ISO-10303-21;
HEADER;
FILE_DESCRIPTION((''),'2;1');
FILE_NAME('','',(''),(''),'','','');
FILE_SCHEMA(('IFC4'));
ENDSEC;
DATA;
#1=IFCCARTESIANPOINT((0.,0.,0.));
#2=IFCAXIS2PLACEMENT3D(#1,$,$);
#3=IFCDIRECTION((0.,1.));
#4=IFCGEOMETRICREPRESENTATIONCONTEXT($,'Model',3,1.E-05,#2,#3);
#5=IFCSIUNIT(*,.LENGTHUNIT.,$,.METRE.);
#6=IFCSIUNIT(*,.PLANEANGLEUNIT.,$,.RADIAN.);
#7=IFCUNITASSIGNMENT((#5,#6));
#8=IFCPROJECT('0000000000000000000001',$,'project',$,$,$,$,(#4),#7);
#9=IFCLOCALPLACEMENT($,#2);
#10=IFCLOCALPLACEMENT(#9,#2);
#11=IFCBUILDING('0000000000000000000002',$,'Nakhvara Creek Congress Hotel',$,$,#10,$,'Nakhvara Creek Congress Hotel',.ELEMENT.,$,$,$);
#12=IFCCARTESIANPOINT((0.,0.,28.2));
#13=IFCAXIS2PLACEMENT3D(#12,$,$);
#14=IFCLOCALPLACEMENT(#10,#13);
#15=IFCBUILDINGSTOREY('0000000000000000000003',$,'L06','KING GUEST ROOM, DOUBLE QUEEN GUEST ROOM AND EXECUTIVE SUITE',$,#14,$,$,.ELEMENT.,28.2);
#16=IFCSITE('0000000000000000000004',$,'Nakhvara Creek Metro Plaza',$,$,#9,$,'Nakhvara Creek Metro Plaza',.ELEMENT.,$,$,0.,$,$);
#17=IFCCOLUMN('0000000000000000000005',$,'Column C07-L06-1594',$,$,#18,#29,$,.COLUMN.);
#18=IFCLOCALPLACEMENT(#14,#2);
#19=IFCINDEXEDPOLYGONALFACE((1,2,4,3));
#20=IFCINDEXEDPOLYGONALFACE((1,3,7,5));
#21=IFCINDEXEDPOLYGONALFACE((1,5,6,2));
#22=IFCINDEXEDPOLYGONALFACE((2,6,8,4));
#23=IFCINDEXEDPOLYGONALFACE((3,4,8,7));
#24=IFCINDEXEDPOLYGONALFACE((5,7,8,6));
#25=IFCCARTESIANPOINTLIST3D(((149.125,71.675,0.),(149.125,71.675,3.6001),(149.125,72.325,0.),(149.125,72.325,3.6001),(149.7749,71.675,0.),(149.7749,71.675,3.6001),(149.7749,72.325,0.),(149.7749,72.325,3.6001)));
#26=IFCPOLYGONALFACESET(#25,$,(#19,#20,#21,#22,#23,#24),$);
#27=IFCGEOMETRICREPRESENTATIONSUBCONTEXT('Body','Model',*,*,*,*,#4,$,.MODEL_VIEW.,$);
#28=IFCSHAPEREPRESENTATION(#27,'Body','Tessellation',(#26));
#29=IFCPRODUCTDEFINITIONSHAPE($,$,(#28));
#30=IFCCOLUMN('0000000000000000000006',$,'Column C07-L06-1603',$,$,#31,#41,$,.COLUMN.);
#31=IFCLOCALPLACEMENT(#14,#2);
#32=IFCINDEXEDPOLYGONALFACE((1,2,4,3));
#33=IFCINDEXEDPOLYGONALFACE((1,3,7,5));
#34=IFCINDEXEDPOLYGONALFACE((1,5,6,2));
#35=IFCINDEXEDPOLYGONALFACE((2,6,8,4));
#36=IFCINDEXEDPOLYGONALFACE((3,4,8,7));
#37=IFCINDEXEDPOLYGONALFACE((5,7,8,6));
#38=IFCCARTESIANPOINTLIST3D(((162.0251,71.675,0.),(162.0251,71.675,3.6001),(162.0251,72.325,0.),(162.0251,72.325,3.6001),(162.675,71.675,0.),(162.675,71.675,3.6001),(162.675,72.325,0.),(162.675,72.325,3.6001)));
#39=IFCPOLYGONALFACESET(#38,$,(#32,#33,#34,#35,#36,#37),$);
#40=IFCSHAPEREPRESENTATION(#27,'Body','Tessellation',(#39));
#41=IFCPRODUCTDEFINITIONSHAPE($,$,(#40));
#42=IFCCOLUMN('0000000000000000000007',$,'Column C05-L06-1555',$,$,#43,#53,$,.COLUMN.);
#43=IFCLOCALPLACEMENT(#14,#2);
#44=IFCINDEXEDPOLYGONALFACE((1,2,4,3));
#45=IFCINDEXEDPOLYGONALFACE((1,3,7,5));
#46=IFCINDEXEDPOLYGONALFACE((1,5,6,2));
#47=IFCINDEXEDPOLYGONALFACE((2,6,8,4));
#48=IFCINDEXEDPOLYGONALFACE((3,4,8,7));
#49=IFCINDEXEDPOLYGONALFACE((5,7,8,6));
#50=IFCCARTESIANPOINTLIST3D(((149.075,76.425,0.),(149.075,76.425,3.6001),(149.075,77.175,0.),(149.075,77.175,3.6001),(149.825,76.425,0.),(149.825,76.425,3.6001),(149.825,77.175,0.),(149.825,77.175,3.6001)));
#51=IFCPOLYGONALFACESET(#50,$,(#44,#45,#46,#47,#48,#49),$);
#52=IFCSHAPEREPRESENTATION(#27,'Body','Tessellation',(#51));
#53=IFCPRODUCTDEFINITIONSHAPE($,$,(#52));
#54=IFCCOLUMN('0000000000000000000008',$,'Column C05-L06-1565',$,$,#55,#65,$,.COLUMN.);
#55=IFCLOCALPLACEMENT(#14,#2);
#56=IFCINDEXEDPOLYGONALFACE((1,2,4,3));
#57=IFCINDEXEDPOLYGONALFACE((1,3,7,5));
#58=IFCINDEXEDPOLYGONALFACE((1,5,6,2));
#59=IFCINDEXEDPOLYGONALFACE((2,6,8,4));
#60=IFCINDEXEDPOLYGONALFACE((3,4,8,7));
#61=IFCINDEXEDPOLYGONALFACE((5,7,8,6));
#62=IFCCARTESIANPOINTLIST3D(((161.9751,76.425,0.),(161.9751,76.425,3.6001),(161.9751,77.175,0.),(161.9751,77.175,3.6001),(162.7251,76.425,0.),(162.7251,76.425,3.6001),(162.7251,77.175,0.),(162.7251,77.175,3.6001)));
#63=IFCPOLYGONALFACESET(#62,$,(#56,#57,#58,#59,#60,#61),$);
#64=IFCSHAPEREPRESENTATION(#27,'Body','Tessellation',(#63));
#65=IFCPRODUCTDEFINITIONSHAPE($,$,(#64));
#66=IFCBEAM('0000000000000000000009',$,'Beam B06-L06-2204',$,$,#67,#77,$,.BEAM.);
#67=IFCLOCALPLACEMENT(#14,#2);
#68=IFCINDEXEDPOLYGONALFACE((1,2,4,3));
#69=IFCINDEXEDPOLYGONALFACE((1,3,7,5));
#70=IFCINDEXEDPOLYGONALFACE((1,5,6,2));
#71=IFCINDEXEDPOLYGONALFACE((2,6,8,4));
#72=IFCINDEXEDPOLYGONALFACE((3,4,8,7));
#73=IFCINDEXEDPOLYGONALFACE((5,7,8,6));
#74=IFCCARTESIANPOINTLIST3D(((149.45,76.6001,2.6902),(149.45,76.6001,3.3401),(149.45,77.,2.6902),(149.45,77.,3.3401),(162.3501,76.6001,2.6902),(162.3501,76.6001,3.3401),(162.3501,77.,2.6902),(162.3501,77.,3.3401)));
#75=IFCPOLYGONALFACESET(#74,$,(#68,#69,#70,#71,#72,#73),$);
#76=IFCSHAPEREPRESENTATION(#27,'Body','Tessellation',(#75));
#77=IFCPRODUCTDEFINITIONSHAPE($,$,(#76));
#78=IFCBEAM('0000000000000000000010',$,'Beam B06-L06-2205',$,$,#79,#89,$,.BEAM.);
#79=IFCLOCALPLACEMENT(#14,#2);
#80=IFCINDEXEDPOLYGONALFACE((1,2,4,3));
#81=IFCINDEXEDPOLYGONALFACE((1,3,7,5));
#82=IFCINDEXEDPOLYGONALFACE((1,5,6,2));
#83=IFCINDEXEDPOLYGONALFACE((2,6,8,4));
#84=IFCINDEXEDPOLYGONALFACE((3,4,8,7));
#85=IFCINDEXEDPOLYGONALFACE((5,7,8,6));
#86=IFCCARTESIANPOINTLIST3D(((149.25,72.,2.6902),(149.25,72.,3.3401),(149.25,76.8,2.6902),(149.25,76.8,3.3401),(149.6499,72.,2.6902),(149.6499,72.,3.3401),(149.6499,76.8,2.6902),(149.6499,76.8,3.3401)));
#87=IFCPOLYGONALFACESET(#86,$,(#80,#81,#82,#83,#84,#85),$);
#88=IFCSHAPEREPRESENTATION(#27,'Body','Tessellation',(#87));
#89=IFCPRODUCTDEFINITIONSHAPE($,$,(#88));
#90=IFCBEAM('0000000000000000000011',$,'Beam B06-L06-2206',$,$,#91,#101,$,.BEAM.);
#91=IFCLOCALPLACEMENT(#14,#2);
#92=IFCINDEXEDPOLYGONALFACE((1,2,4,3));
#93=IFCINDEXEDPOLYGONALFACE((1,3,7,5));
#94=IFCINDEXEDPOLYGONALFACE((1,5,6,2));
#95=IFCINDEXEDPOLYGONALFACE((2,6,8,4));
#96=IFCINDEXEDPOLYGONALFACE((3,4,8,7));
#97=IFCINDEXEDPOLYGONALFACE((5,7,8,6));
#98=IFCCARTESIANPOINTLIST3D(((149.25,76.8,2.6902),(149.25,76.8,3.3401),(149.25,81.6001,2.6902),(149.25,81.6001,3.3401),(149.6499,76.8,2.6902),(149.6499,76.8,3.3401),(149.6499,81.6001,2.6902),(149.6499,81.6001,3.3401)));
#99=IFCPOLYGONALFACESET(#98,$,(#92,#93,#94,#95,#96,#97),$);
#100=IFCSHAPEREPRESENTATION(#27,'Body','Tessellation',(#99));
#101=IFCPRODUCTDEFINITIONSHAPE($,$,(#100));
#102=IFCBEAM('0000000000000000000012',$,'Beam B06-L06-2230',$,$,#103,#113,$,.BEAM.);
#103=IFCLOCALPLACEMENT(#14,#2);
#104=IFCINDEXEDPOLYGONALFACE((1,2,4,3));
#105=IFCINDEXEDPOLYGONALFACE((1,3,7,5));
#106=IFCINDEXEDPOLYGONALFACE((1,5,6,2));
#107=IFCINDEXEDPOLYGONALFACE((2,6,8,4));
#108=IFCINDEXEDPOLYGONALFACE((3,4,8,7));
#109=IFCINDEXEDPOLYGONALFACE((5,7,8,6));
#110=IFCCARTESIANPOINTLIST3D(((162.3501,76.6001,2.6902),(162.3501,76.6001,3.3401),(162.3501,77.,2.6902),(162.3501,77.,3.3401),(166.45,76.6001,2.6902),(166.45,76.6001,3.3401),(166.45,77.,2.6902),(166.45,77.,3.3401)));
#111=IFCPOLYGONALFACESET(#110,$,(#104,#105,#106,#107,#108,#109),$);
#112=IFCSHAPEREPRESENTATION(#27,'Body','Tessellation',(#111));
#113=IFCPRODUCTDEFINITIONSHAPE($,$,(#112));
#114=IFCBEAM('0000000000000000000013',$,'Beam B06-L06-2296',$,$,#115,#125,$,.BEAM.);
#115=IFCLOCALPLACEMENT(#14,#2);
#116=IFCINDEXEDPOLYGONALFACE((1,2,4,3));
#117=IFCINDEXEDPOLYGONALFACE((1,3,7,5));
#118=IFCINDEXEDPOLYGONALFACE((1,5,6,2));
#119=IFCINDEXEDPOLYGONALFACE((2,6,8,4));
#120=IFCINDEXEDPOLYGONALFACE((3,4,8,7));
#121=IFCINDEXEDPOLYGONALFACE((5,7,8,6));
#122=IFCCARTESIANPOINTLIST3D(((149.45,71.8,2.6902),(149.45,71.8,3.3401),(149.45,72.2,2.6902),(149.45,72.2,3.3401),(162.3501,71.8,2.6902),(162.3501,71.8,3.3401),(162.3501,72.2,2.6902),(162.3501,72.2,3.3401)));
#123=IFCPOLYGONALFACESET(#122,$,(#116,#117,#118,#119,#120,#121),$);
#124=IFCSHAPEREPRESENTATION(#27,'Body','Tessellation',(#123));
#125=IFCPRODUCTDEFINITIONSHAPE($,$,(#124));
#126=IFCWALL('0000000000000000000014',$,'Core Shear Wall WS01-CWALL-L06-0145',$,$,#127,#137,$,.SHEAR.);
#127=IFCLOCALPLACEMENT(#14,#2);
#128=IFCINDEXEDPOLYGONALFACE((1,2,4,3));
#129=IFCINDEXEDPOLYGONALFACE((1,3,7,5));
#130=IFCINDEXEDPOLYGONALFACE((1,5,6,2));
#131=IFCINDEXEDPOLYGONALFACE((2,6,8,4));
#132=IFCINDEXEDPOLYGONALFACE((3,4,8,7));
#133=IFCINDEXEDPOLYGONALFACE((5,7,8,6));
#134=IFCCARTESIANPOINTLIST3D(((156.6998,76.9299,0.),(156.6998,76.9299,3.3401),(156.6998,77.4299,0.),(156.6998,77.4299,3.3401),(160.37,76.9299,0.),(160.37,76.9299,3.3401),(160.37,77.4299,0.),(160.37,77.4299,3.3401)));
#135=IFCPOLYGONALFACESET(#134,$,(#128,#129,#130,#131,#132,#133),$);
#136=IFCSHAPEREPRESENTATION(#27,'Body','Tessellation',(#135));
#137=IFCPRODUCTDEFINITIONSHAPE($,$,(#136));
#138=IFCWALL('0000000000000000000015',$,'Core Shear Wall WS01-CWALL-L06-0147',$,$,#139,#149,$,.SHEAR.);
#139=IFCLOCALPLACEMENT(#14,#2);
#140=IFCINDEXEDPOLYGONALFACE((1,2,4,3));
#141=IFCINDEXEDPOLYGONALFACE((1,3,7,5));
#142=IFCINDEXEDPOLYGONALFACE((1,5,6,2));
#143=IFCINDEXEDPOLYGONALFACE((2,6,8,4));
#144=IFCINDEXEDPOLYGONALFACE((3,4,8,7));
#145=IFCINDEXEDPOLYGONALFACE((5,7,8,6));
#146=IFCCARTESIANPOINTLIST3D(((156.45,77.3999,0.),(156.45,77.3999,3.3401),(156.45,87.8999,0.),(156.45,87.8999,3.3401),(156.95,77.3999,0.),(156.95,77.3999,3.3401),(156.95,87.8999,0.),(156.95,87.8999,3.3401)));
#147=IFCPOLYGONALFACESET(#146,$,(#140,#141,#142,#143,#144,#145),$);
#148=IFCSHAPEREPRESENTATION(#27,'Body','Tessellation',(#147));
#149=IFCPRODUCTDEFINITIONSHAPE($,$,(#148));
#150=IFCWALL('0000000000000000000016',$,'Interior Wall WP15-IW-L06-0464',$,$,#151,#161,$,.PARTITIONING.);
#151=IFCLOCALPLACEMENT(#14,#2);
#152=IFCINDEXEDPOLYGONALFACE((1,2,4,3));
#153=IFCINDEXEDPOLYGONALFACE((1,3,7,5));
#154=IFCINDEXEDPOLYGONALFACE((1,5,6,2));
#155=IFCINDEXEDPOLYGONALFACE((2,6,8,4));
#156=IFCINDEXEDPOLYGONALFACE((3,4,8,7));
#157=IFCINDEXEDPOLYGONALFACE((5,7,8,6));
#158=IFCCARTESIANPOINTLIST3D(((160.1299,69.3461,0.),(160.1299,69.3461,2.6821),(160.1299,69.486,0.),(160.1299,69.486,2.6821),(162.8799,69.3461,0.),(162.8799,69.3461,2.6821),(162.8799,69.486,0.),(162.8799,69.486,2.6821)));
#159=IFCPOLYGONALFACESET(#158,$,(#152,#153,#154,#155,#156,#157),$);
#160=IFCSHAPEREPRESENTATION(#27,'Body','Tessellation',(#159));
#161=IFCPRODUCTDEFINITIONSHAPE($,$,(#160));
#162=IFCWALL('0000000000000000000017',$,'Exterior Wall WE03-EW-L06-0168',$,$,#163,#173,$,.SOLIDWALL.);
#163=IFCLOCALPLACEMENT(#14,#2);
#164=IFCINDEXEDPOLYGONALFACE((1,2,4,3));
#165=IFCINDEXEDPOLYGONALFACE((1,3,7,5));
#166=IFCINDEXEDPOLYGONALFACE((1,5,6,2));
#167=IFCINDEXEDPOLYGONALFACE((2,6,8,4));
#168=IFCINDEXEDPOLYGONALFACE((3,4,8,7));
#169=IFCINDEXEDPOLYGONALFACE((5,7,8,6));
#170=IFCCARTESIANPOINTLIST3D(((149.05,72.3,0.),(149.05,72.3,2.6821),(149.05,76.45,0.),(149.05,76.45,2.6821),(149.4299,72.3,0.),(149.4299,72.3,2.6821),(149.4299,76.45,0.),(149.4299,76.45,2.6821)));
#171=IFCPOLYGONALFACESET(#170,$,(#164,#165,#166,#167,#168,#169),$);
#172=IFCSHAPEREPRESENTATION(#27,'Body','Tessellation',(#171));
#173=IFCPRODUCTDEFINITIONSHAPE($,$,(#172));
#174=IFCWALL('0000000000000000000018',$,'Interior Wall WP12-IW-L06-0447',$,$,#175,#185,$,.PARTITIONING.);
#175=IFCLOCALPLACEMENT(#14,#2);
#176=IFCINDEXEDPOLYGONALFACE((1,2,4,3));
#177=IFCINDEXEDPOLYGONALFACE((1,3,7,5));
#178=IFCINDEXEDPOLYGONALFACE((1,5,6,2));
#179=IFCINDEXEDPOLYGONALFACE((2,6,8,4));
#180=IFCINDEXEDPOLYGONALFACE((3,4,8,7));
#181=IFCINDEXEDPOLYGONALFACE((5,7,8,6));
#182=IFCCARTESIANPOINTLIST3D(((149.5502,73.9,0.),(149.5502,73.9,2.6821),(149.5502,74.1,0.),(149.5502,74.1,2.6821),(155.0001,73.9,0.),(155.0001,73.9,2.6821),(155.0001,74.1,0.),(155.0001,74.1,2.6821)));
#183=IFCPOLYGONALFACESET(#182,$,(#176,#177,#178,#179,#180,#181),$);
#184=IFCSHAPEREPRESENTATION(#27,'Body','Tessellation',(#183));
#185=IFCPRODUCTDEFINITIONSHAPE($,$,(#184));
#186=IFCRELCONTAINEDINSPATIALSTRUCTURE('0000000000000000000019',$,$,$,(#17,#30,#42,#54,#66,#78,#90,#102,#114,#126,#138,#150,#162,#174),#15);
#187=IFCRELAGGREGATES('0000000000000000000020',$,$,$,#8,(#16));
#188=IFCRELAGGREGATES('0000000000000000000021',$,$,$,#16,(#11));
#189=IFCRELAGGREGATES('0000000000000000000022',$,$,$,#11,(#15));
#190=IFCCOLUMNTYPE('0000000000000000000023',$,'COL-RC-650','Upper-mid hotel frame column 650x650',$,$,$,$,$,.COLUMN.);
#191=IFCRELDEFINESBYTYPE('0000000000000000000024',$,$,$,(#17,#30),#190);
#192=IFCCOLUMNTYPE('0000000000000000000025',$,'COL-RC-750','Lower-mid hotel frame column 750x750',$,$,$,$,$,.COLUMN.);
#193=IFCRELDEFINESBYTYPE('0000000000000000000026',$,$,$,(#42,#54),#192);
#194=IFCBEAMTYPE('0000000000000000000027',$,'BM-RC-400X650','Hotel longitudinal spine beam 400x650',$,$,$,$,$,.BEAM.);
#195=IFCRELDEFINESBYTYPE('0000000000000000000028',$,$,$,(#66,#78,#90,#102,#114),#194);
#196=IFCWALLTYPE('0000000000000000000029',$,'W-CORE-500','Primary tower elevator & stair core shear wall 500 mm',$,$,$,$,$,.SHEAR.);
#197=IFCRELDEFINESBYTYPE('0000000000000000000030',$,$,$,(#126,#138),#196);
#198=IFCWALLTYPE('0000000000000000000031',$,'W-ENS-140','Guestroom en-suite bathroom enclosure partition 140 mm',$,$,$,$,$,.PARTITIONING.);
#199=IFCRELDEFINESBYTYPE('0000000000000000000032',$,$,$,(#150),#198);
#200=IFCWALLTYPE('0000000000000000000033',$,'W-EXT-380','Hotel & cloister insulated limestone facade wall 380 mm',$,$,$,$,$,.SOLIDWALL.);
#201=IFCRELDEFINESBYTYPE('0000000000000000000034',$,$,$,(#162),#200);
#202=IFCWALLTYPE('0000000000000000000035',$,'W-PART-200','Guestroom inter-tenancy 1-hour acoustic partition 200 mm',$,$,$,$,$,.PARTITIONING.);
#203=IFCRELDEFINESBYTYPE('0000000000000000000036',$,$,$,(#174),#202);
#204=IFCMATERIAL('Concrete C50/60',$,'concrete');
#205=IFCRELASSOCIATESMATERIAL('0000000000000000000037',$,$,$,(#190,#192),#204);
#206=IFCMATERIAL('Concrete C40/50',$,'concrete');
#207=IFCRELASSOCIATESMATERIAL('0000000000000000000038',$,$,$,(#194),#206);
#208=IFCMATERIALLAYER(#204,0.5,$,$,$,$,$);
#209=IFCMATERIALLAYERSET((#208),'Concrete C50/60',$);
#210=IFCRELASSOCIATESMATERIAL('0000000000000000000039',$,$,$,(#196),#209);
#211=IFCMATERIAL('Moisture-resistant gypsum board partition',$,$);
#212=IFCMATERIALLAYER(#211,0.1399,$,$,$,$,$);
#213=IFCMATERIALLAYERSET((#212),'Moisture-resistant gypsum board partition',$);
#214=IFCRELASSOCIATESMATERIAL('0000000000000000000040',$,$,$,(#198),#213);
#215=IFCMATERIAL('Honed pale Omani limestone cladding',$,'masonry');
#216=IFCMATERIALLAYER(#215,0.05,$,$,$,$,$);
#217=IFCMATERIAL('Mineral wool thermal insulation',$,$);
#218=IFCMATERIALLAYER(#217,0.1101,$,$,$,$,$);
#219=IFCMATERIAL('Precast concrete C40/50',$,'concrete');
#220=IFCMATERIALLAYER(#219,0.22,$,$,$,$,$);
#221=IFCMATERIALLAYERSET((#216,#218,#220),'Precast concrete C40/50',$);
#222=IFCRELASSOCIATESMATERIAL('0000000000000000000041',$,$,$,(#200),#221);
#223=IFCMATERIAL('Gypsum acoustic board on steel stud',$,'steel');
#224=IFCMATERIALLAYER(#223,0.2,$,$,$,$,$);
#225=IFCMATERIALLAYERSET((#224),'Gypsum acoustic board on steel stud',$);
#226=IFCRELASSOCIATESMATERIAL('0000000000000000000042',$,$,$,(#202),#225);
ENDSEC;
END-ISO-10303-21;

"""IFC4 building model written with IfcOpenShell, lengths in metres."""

from ifc_helpers import new_model, si_unit, direction, frame, frame_2d, origin, origin_2d, place, context, subcontext, project, spatial, rectangle, extrude, material, layer, layer_set, material_profile, profile_set, type_object, element, save


model = new_model("IFC4")

# Units and contexts
model_context = context("Model", 3, precision=1e-05, world=origin(), true_north=direction((0.0, 1.0)))
body_context = subcontext(model_context, "Body", "Model", "MODEL_VIEW")
ifc_project = project(units=[si_unit("LENGTHUNIT", "METRE"), si_unit("PLANEANGLEUNIT", "RADIAN")], contexts=[model_context])

# Site, building, storey
site_placement = place(None, origin())
site = spatial("IfcSite", under=ifc_project, at=site_placement, Name="Nakhvara Creek Metro Plaza", LongName="Nakhvara Creek Metro Plaza", CompositionType="ELEMENT", RefElevation=0.0)
building_placement = place(site_placement, origin())
building = spatial("IfcBuilding", under=site, at=building_placement, Name="Nakhvara Creek Congress Hotel", LongName="Nakhvara Creek Congress Hotel", CompositionType="ELEMENT")
storey_placement = place(building_placement, frame((0.0, 0.0, 28.2)))
storey = spatial("IfcBuildingStorey", under=building, at=storey_placement, Name="L06", Description="KING GUEST ROOM, DOUBLE QUEEN GUEST ROOM AND EXECUTIVE SUITE", CompositionType="ELEMENT", Elevation=28.2)

# Columns
ifc_material_1 = material(Name="Concrete C50/60", Category="concrete")
ifc_material_profile_1 = material_profile(ifc_material_1, rectangle(XDim=0.6499, YDim=0.6499, at=origin_2d()), Name="RC-COL 650x650", Category="LoadBearing")
ifc_profile_set_1 = profile_set([ifc_material_profile_1], Name="Concrete C50/60")
column_type_1 = type_object("IfcColumnType", Name="COL-RC-650", Description="Upper-mid hotel frame column 650x650", PredefinedType="COLUMN", material=ifc_profile_set_1)
for number, where, z_axis, x_axis, name in (
    (1, (149.45, 72.0, 0.0), (0.0, 0.0, 1.0), (1.0, 0.0, 0.0), "Column C07-L06-1594"),
    (2, (162.3501, 72.0, 0.0), (0.0, 0.0, 1.0), (1.0, 0.0, 0.0), "Column C07-L06-1603"),
):
    element("IfcColumn", number, at=place(storey_placement, frame(where, z_axis=z_axis, x_axis=x_axis)), inside=storey, type_object=column_type_1, Name=name, PredefinedType="COLUMN", context=body_context, shape_type="SweptSolid", body=[
        extrude(rectangle(XDim=0.6499, YDim=0.6499, at=origin_2d()), origin(), (0.0, 0.0, 1.0), 3.6001),
    ])
ifc_material_profile_2 = material_profile(ifc_material_1, rectangle(XDim=0.75, YDim=0.75, at=origin_2d()), Name="RC-COL 750x750", Category="LoadBearing")
ifc_profile_set_2 = profile_set([ifc_material_profile_2], Name="Concrete C50/60")
column_type_2 = type_object("IfcColumnType", Name="COL-RC-750", Description="Lower-mid hotel frame column 750x750", PredefinedType="COLUMN", material=ifc_profile_set_2)
for number, where, z_axis, x_axis, name in (
    (3, (149.45, 76.8, 0.0), (0.0, 0.0, 1.0), (1.0, 0.0, 0.0), "Column C05-L06-1555"),
    (4, (162.3501, 76.8, 0.0), (0.0, 0.0, 1.0), (1.0, 0.0, 0.0), "Column C05-L06-1565"),
):
    element("IfcColumn", number, at=place(storey_placement, frame(where, z_axis=z_axis, x_axis=x_axis)), inside=storey, type_object=column_type_2, Name=name, PredefinedType="COLUMN", context=body_context, shape_type="SweptSolid", body=[
        extrude(rectangle(XDim=0.75, YDim=0.75, at=origin_2d()), origin(), (0.0, 0.0, 1.0), 3.6001),
    ])

# Beams
ifc_material_2 = material(Name="Concrete C40/50", Category="concrete")
ifc_material_profile_3 = material_profile(ifc_material_2, rectangle(XDim=0.3999, YDim=0.6499, at=origin_2d()), Name="RC-BM 400x650", Category="LoadBearing")
ifc_profile_set_3 = profile_set([ifc_material_profile_3], Name="Concrete C40/50")
beam_type = type_object("IfcBeamType", Name="BM-RC-400X650", Description="Hotel longitudinal spine beam 400x650", PredefinedType="BEAM", material=ifc_profile_set_3)
beam_1_placement = place(storey_placement, frame((149.45, 76.8, 3.0151), z_axis=(1.0, 0.0, 0.0), x_axis=(0.0, 1.0, 0.0)))
element("IfcBeam", 5, at=beam_1_placement, inside=storey, type_object=beam_type, Name="Beam B06-L06-2204", PredefinedType="BEAM", context=body_context, shape_type="SweptSolid", body=[
    extrude(rectangle(XDim=0.3999, YDim=0.6499, at=origin_2d()), origin(), (0.0, 0.0, 1.0), 12.9001),
])
for number, where, z_axis, x_axis, name in (
    (6, (149.45, 72.0, 3.0151), (0.0, 1.0, 0.0), (-1.0, 0.0, 0.0), "Beam B06-L06-2205"),
    (7, (149.45, 76.8, 3.0151), (0.0, 1.0, 0.0), (-1.0, 0.0, 0.0), "Beam B06-L06-2206"),
):
    element("IfcBeam", number, at=place(storey_placement, frame(where, z_axis=z_axis, x_axis=x_axis)), inside=storey, type_object=beam_type, Name=name, PredefinedType="BEAM", context=body_context, shape_type="SweptSolid", body=[
        extrude(rectangle(XDim=0.3999, YDim=0.6499, at=origin_2d()), origin(), (0.0, 0.0, 1.0), 4.8),
    ])
beam_2_placement = place(storey_placement, frame((162.3501, 76.8, 3.0151), z_axis=(1.0, 0.0, 0.0), x_axis=(0.0, 1.0, 0.0)))
element("IfcBeam", 8, at=beam_2_placement, inside=storey, type_object=beam_type, Name="Beam B06-L06-2230", PredefinedType="BEAM", context=body_context, shape_type="SweptSolid", body=[
    extrude(rectangle(XDim=0.3999, YDim=0.6499, at=origin_2d()), origin(), (0.0, 0.0, 1.0), 4.0999),
])
beam_3_placement = place(storey_placement, frame((149.45, 72.0, 3.0151), z_axis=(1.0, 0.0, 0.0), x_axis=(0.0, 1.0, 0.0)))
element("IfcBeam", 9, at=beam_3_placement, inside=storey, type_object=beam_type, Name="Beam B06-L06-2296", PredefinedType="BEAM", context=body_context, shape_type="SweptSolid", body=[
    extrude(rectangle(XDim=0.3999, YDim=0.6499, at=origin_2d()), origin(), (0.0, 0.0, 1.0), 12.9001),
])

# Walls
ifc_layer_1 = layer(ifc_material_1, 0.5)
ifc_layer_set_1 = layer_set([ifc_layer_1], Name="Concrete C50/60")
wall_type_1 = type_object("IfcWallType", Name="W-CORE-500", Description="Primary tower elevator & stair core shear wall 500 mm", PredefinedType="SHEAR", material=ifc_layer_set_1)
wall_1_placement = place(storey_placement, frame((156.7, 77.1799, 0.0), z_axis=(0.0, 0.0, 1.0), x_axis=(1.0, 0.0, 0.0)))
element("IfcWall", 10, at=wall_1_placement, inside=storey, type_object=wall_type_1, Name="Core Shear Wall WS01-CWALL-L06-0145", PredefinedType="SHEAR", context=body_context, shape_type="SweptSolid", body=[
    extrude(rectangle(XDim=3.6702, YDim=0.5, at=frame_2d((1.835, 0.0))), origin(), (0.0, 0.0, 1.0), 3.3401),
])
wall_2_placement = place(storey_placement, frame((156.7, 77.3999, 0.0), z_axis=(0.0, 0.0, 1.0), x_axis=(0.0, 1.0, 0.0)))
element("IfcWall", 11, at=wall_2_placement, inside=storey, type_object=wall_type_1, Name="Core Shear Wall WS01-CWALL-L06-0147", PredefinedType="SHEAR", context=body_context, shape_type="SweptSolid", body=[
    extrude(rectangle(XDim=10.5, YDim=0.5, at=frame_2d((5.25, 0.0))), origin(), (0.0, 0.0, 1.0), 3.3401),
])

# Shared definitions
ifc_material_3 = material(Name="Moisture-resistant gypsum board partition")
ifc_layer_2 = layer(ifc_material_3, 0.1399)
ifc_layer_set_2 = layer_set([ifc_layer_2], Name="Moisture-resistant gypsum board partition")
wall_type_2 = type_object("IfcWallType", Name="W-ENS-140", Description="Guestroom en-suite bathroom enclosure partition 140 mm", PredefinedType="PARTITIONING", material=ifc_layer_set_2)

# Walls
wall_3_placement = place(storey_placement, frame((160.1299, 69.416, 0.0), z_axis=(0.0, 0.0, 1.0), x_axis=(1.0, 0.0, 0.0)))
element("IfcWall", 12, at=wall_3_placement, inside=storey, type_object=wall_type_2, Name="Interior Wall WP15-IW-L06-0464", PredefinedType="PARTITIONING", context=body_context, shape_type="SweptSolid", body=[
    extrude(rectangle(XDim=2.75, YDim=0.1399, at=frame_2d((1.375, 0.0))), origin(), (0.0, 0.0, 1.0), 2.6821),
])
ifc_material_4 = material(Name="Honed pale Omani limestone cladding", Category="masonry")
ifc_layer_3 = layer(ifc_material_4, 0.05)
ifc_material_5 = material(Name="Mineral wool thermal insulation")
ifc_layer_4 = layer(ifc_material_5, 0.1101)
ifc_material_6 = material(Name="Precast concrete C40/50", Category="concrete")
ifc_layer_5 = layer(ifc_material_6, 0.22)
ifc_layer_set_3 = layer_set([ifc_layer_3, ifc_layer_4, ifc_layer_5], Name="Precast concrete C40/50")
wall_type_3 = type_object("IfcWallType", Name="W-EXT-380", Description="Hotel & cloister insulated limestone facade wall 380 mm", PredefinedType="SOLIDWALL", material=ifc_layer_set_3)
wall_4_placement = place(storey_placement, frame((149.24, 72.3, 0.0), z_axis=(0.0, 0.0, 1.0), x_axis=(0.0, 1.0, 0.0)))
element("IfcWall", 13, at=wall_4_placement, inside=storey, type_object=wall_type_3, Name="Exterior Wall WE03-EW-L06-0168", PredefinedType="SOLIDWALL", context=body_context, shape_type="SweptSolid", body=[
    extrude(rectangle(XDim=4.1499, YDim=0.3799, at=frame_2d((2.075, 0.0))), origin(), (0.0, 0.0, 1.0), 2.6821),
])
ifc_material_7 = material(Name="Gypsum acoustic board on steel stud", Category="steel")
ifc_layer_6 = layer(ifc_material_7, 0.2)
ifc_layer_set_4 = layer_set([ifc_layer_6], Name="Gypsum acoustic board on steel stud")
wall_type_4 = type_object("IfcWallType", Name="W-PART-200", Description="Guestroom inter-tenancy 1-hour acoustic partition 200 mm", PredefinedType="PARTITIONING", material=ifc_layer_set_4)
wall_5_placement = place(storey_placement, frame((149.55, 74.0, 0.0), z_axis=(0.0, 0.0, 1.0), x_axis=(1.0, 0.0, 0.0)))
element("IfcWall", 14, at=wall_5_placement, inside=storey, type_object=wall_type_4, Name="Interior Wall WP12-IW-L06-0447", PredefinedType="PARTITIONING", context=body_context, shape_type="SweptSolid", body=[
    extrude(rectangle(XDim=5.45, YDim=0.2, at=frame_2d((2.7251, 0.0))), origin(), (0.0, 0.0, 1.0), 2.6821),
])

save(model, "model.ifc")
